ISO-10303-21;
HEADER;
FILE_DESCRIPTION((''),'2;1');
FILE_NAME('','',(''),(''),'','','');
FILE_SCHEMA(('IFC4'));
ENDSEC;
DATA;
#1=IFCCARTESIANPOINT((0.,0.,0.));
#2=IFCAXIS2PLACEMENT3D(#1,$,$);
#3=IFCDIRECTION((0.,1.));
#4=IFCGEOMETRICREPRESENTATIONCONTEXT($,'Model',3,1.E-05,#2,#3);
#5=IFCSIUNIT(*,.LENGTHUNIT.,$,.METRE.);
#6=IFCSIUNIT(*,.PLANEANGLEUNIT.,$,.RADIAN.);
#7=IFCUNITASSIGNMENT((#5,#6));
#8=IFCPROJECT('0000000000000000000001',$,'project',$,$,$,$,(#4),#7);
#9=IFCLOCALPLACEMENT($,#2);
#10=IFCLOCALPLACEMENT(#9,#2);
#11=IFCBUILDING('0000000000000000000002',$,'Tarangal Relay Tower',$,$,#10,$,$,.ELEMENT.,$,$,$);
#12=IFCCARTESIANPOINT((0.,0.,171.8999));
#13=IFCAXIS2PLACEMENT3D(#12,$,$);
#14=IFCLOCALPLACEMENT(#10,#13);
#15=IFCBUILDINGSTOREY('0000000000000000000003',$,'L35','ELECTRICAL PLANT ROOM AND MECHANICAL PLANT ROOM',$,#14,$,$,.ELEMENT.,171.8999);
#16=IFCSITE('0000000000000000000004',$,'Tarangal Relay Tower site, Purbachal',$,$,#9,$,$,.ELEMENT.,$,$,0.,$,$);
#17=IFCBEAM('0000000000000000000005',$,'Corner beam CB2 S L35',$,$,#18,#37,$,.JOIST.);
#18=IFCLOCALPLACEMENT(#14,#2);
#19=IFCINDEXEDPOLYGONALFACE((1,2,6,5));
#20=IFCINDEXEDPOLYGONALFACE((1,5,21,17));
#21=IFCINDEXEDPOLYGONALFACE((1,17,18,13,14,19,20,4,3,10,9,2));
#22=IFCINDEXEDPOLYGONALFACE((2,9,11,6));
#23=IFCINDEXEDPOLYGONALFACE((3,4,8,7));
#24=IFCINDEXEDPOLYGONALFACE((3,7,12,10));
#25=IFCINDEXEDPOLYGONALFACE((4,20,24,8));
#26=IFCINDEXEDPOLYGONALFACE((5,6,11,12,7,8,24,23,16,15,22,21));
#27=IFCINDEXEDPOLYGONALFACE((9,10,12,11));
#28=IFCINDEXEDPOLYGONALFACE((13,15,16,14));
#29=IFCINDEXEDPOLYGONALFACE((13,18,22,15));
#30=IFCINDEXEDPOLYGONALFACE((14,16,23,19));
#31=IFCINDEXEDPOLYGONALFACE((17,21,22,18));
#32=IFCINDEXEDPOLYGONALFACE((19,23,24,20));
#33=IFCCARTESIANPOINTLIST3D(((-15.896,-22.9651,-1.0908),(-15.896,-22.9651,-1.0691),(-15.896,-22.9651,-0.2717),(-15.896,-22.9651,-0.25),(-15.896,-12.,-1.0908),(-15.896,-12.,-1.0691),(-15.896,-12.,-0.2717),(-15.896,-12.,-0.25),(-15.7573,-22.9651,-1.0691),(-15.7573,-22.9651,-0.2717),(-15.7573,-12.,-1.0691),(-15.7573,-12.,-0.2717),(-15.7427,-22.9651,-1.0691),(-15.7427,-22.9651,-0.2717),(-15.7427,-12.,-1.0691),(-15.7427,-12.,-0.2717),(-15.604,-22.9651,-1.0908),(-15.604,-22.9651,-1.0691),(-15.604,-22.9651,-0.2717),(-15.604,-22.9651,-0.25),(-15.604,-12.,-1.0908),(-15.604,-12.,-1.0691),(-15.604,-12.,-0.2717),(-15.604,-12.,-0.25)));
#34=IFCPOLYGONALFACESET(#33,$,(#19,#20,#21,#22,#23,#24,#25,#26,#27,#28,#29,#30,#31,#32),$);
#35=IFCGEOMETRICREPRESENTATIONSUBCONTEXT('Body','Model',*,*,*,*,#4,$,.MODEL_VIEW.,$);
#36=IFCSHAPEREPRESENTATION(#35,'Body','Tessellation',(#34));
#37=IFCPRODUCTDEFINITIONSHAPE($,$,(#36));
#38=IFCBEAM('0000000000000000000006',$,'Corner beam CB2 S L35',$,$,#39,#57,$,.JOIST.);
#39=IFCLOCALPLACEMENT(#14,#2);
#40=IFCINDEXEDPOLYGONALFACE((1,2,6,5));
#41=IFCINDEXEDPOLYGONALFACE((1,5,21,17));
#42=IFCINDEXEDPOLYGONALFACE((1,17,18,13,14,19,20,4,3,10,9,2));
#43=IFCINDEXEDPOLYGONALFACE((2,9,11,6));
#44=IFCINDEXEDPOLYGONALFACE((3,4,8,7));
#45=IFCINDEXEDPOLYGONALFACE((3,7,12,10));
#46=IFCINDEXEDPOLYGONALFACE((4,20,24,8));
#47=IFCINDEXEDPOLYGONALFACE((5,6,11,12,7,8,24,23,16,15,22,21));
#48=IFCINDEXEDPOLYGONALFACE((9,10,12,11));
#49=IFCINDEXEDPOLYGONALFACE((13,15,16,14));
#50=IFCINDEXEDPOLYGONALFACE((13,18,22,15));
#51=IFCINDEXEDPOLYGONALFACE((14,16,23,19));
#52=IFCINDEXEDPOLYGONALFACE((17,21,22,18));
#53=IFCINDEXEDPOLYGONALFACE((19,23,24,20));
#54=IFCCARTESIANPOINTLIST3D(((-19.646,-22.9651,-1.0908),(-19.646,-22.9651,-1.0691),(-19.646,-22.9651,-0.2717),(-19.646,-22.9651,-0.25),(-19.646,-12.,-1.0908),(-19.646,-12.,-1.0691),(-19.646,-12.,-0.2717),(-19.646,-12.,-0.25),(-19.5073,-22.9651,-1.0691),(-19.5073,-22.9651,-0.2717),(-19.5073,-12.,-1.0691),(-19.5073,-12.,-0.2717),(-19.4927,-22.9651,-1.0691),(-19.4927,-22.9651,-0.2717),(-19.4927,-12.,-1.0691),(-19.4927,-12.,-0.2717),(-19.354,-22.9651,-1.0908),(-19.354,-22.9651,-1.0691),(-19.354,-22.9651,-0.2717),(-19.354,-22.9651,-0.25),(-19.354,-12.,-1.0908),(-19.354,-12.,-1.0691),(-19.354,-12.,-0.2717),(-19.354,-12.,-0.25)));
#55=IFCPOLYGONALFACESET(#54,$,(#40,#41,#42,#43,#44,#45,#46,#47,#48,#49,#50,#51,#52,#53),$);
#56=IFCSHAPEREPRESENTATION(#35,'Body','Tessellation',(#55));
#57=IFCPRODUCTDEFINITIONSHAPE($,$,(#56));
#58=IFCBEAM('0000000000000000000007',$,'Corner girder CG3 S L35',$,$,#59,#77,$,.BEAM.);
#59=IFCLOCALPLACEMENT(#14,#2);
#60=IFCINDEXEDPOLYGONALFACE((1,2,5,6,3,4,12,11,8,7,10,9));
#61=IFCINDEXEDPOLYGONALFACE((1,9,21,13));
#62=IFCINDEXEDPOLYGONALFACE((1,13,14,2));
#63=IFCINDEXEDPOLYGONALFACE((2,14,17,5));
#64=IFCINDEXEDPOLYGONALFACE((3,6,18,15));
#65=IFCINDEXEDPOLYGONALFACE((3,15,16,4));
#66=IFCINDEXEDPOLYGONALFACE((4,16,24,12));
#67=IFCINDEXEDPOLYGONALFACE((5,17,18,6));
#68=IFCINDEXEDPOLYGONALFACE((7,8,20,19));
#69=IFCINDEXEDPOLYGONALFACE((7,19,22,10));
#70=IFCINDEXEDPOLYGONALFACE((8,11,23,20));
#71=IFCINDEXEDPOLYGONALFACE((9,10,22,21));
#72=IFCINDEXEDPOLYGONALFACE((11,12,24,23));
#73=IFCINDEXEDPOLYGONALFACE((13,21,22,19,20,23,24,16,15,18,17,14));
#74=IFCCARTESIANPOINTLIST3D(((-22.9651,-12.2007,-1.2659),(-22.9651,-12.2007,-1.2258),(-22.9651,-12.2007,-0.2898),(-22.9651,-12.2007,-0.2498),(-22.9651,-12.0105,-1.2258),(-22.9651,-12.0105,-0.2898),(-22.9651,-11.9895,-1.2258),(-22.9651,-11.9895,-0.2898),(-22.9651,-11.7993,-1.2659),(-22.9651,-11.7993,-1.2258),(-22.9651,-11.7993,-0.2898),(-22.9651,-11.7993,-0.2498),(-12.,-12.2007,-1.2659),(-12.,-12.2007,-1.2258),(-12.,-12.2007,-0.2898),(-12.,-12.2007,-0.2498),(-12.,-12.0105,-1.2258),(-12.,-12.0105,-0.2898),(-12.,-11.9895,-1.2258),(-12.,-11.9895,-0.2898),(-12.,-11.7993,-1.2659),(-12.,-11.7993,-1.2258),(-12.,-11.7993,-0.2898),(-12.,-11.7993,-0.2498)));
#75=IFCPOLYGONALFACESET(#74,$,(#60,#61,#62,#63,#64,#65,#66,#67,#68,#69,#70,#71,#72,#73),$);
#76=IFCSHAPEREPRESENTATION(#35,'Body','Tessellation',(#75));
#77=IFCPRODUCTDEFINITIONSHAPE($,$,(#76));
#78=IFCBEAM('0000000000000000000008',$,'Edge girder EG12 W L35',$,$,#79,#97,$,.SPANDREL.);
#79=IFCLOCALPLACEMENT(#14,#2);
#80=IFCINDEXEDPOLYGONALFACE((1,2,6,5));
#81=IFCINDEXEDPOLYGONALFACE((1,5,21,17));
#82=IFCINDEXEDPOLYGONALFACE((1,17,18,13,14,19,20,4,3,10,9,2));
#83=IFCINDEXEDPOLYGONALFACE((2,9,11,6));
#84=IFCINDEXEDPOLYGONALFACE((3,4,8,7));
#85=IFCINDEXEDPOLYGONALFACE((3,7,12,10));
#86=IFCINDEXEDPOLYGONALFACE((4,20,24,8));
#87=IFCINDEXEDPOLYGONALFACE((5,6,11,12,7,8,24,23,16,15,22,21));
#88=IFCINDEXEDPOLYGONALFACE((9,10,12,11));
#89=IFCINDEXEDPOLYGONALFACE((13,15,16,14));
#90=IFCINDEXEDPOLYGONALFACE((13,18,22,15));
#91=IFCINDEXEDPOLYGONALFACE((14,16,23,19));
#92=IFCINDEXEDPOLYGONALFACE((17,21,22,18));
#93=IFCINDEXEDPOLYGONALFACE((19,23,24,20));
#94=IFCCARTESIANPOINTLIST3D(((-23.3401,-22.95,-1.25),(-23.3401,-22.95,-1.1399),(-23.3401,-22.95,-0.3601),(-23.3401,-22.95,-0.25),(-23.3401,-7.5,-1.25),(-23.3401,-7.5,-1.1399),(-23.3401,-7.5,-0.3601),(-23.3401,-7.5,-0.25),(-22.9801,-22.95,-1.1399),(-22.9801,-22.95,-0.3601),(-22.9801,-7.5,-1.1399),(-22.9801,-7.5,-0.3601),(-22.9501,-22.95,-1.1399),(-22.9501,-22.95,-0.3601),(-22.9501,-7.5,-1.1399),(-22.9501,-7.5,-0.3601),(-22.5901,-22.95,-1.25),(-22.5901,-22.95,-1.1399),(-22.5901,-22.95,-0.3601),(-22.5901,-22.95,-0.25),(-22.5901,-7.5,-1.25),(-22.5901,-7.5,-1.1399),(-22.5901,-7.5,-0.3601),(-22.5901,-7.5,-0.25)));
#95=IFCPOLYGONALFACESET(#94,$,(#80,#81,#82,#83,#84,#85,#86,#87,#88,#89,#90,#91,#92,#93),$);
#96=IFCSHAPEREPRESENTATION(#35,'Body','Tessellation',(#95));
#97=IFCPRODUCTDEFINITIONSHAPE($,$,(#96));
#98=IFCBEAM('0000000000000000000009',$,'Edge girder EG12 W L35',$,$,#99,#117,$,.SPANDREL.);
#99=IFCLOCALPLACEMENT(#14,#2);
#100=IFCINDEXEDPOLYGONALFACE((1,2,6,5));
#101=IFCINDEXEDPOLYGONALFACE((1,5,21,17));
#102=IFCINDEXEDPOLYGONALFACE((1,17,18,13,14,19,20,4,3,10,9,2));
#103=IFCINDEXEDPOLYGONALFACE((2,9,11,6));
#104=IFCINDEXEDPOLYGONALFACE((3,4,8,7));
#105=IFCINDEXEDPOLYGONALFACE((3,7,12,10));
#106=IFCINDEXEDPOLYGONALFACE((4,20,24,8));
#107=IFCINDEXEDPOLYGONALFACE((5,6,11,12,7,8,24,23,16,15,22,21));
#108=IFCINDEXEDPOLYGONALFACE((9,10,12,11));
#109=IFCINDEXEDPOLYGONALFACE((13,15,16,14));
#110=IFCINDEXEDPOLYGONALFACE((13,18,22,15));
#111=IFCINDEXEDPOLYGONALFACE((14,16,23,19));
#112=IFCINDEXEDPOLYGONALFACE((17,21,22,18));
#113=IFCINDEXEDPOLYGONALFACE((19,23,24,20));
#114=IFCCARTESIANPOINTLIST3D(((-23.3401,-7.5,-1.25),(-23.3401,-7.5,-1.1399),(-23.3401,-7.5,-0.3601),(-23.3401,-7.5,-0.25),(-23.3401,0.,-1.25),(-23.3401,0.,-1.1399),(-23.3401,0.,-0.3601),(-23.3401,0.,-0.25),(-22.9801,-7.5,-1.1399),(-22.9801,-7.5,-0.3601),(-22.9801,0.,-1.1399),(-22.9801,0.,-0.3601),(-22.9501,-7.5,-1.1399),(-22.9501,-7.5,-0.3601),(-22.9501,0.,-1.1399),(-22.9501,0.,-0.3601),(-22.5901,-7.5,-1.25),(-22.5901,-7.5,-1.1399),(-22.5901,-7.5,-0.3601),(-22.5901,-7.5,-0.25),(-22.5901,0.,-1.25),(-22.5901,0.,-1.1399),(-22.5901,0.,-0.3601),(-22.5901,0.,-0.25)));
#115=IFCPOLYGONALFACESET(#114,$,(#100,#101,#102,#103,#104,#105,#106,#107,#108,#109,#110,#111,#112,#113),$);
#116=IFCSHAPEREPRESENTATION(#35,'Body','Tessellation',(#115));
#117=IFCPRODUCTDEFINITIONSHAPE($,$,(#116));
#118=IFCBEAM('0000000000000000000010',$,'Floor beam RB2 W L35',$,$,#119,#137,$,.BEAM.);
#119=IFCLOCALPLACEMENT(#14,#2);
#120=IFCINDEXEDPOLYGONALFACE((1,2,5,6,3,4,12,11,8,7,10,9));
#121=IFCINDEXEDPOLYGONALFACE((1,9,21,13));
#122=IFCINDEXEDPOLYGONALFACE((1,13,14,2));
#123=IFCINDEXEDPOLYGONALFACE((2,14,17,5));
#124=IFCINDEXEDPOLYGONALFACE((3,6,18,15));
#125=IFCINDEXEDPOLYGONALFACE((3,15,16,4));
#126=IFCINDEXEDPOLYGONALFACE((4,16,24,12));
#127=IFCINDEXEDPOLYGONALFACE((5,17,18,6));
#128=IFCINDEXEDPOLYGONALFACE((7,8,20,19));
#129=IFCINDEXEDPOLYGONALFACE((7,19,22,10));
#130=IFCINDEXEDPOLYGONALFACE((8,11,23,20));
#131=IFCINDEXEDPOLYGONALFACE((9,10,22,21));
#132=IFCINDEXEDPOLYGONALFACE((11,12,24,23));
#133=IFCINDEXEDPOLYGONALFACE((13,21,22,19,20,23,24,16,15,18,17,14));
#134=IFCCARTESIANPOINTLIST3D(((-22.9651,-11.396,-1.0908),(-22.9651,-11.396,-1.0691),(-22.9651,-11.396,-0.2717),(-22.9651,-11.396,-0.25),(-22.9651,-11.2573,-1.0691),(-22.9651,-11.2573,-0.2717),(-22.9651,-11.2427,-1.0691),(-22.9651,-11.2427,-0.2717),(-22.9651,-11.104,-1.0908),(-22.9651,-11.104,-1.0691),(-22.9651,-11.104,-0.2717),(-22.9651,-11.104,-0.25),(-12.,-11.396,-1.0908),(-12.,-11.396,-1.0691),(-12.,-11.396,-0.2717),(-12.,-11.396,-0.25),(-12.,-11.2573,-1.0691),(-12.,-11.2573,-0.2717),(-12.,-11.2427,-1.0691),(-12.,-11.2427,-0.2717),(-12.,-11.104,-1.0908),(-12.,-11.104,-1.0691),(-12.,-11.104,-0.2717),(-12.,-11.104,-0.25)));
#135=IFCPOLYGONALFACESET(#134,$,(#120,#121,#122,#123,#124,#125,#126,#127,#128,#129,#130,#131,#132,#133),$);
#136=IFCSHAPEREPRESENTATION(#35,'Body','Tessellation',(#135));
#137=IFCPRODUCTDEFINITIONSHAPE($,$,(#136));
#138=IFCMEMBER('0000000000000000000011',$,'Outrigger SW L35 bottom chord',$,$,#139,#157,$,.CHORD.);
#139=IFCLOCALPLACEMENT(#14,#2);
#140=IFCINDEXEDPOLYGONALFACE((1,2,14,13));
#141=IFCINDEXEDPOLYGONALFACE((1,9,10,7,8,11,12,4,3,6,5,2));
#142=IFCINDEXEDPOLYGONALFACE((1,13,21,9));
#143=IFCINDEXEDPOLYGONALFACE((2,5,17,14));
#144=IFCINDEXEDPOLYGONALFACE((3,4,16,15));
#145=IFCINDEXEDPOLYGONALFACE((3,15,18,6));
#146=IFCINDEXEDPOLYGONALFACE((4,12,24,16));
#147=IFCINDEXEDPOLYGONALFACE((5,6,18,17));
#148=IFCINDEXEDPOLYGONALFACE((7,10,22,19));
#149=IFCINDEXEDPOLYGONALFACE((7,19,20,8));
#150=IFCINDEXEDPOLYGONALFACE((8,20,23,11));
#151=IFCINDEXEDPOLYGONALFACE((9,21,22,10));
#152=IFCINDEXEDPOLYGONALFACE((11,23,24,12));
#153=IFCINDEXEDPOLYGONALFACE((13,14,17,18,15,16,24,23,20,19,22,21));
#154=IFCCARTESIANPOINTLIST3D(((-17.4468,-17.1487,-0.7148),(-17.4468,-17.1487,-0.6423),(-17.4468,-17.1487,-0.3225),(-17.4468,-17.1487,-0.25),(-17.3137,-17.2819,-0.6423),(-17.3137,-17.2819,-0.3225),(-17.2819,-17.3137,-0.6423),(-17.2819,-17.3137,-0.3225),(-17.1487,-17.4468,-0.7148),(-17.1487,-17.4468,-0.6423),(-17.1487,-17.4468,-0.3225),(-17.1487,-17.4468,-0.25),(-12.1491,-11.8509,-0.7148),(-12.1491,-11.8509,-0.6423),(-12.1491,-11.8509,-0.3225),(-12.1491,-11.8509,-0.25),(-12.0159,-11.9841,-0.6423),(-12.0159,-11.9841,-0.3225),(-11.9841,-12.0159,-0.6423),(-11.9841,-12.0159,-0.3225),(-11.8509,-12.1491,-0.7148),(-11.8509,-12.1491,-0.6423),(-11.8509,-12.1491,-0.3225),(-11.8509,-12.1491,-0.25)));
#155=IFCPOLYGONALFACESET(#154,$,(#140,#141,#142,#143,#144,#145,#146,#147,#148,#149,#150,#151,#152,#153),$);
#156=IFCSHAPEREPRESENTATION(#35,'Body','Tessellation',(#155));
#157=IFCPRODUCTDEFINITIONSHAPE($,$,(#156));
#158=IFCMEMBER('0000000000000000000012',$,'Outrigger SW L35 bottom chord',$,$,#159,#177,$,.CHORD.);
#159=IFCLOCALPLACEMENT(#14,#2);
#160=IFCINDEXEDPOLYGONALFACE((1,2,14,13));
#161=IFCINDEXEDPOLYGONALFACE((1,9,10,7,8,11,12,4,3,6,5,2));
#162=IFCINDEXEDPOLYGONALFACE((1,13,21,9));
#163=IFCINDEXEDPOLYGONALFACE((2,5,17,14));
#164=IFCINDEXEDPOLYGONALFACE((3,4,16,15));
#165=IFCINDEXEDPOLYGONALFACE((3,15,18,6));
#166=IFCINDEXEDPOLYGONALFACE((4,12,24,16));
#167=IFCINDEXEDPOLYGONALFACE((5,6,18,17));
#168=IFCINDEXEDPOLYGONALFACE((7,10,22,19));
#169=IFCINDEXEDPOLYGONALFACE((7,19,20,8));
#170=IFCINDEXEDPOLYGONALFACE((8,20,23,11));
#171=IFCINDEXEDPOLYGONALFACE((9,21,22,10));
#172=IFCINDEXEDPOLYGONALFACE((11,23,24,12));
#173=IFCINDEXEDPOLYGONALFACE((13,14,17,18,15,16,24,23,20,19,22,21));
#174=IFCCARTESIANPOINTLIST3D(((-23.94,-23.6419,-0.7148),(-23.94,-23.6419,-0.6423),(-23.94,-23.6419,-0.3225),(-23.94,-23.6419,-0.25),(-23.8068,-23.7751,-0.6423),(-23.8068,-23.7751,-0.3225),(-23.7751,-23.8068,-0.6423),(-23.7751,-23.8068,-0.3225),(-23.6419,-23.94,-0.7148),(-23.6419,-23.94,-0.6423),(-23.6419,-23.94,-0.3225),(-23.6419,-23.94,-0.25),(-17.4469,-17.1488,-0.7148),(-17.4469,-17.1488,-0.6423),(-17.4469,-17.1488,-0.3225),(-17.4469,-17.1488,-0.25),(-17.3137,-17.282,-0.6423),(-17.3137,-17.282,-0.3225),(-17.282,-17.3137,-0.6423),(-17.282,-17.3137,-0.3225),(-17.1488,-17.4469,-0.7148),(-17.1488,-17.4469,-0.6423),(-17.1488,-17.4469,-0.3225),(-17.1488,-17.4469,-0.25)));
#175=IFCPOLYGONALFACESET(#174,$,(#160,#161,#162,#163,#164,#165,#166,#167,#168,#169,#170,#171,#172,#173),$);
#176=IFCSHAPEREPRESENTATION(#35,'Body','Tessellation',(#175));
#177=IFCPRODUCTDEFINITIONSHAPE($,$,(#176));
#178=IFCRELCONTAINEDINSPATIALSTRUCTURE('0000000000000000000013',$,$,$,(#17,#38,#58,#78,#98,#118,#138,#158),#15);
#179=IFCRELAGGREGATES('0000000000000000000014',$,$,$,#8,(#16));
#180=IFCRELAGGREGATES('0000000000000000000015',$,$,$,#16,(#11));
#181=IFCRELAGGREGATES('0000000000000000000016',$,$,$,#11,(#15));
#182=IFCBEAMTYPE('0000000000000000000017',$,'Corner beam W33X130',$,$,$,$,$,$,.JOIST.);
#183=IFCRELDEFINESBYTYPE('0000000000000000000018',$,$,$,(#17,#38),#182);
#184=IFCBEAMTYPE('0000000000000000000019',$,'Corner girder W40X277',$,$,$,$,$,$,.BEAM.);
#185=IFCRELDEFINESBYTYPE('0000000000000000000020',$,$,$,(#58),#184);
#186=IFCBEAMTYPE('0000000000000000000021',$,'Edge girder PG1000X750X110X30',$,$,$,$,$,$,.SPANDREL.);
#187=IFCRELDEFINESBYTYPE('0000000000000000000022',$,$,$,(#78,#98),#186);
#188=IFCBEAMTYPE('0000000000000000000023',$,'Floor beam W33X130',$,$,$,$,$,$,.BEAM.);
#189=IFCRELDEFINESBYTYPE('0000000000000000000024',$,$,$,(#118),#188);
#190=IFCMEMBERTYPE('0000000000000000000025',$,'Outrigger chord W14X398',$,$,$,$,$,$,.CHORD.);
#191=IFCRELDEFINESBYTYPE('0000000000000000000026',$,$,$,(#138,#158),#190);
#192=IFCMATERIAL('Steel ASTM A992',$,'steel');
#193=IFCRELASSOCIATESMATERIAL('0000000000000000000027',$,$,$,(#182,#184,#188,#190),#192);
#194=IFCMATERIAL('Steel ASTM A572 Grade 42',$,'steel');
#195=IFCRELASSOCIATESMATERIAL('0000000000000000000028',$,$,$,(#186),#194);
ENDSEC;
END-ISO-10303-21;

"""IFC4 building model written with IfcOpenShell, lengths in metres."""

from ifc_helpers import new_model, si_unit, direction, frame, origin, origin_2d, place, context, subcontext, project, spatial, i_section, extrude, clip, halfspace, material, material_profile, profile_set, type_object, element, save


model = new_model("IFC4")

# Units and contexts
model_context = context("Model", 3, precision=1e-05, world=origin(), true_north=direction((0.0, 1.0)))
body_context = subcontext(model_context, "Body", "Model", "MODEL_VIEW")
ifc_project = project(units=[si_unit("LENGTHUNIT", "METRE"), si_unit("PLANEANGLEUNIT", "RADIAN")], contexts=[model_context])

# Site, building, storey
site_placement = place(None, origin())
site = spatial("IfcSite", under=ifc_project, at=site_placement, Name="Tarangal Relay Tower site, Purbachal", CompositionType="ELEMENT", RefElevation=0.0)
building_placement = place(site_placement, origin())
building = spatial("IfcBuilding", under=site, at=building_placement, Name="Tarangal Relay Tower", CompositionType="ELEMENT")
storey_placement = place(building_placement, frame((0.0, 0.0, 171.8999)))
storey = spatial("IfcBuildingStorey", under=building, at=storey_placement, Name="L35", Description="ELECTRICAL PLANT ROOM AND MECHANICAL PLANT ROOM", CompositionType="ELEMENT", Elevation=171.8999)

# Shared definitions
ifc_material_1 = material(Name="Steel ASTM A572 Grade 42", Category="steel")

# Beams
ifc_material_2 = material(Name="Steel ASTM A992", Category="steel")
ifc_material_profile_1 = material_profile(ifc_material_2, i_section(OverallWidth=0.292, OverallDepth=0.8408, WebThickness=0.0146, FlangeThickness=0.0217, at=origin_2d()), Name="W33X130")
ifc_profile_set_1 = profile_set([ifc_material_profile_1], Name="Steel ASTM A992")
beam_type_1 = type_object("IfcBeamType", Name="Corner beam W33X130", PredefinedType="JOIST", material=ifc_profile_set_1)
for number, where, z_axis, x_axis, name in (
    (1, (-15.75, -12.0, -0.6704), (0.0, -1.0, 0.0), (1.0, 0.0, 0.0), "Corner beam CB2 S L35"),
    (2, (-19.5, -12.0, -0.6704), (0.0, -1.0, 0.0), (1.0, 0.0, 0.0), "Corner beam CB2 S L35"),
):
    element("IfcBeam", number, at=place(storey_placement, frame(where, z_axis=z_axis, x_axis=x_axis)), inside=storey, type_object=beam_type_1, Name=name, PredefinedType="JOIST", context=body_context, shape_type="SweptSolid", body=[
        extrude(i_section(OverallWidth=0.292, OverallDepth=0.8408, WebThickness=0.0146, FlangeThickness=0.0217, at=origin_2d()), origin(), (0.0, 0.0, 1.0), 10.9651),
    ])
ifc_material_profile_2 = material_profile(ifc_material_2, i_section(OverallWidth=0.4014, OverallDepth=1.0161, WebThickness=0.021, FlangeThickness=0.04, at=origin_2d()), Name="W40X277")
ifc_profile_set_2 = profile_set([ifc_material_profile_2], Name="Steel ASTM A992")
beam_type_2 = type_object("IfcBeamType", Name="Corner girder W40X277", PredefinedType="BEAM", material=ifc_profile_set_2)
beam_1_placement = place(storey_placement, frame((-12.0, -12.0, -0.7578), z_axis=(-1.0, 0.0, 0.0), x_axis=(0.0, -1.0, 0.0)))
element("IfcBeam", 3, at=beam_1_placement, inside=storey, type_object=beam_type_2, Name="Corner girder CG3 S L35", PredefinedType="BEAM", context=body_context, shape_type="SweptSolid", body=[
    extrude(i_section(OverallWidth=0.4014, OverallDepth=1.0161, WebThickness=0.021, FlangeThickness=0.04, at=origin_2d()), origin(), (0.0, 0.0, 1.0), 10.9651),
])
ifc_material_profile_3 = material_profile(ifc_material_1, i_section(OverallWidth=0.75, OverallDepth=1.0, WebThickness=0.03, FlangeThickness=0.1101, at=origin_2d()), Name="PG1000X750X110X30")
ifc_profile_set_3 = profile_set([ifc_material_profile_3], Name="Steel ASTM A572 Grade 42")
beam_type_3 = type_object("IfcBeamType", Name="Edge girder PG1000X750X110X30", PredefinedType="SPANDREL", material=ifc_profile_set_3)
beam_2_placement = place(storey_placement, frame((-22.9651, -22.95, -0.75), z_axis=(0.0, 1.0, 0.0), x_axis=(-1.0, 0.0, 0.0)))
element("IfcBeam", 4, at=beam_2_placement, inside=storey, type_object=beam_type_3, Name="Edge girder EG12 W L35", PredefinedType="SPANDREL", context=body_context, shape_type="SweptSolid", body=[
    extrude(i_section(OverallWidth=0.75, OverallDepth=1.0, WebThickness=0.03, FlangeThickness=0.1101, at=origin_2d()), origin(), (0.0, 0.0, 1.0), 15.45),
])
beam_3_placement = place(storey_placement, frame((-22.9651, -7.5, -0.75), z_axis=(0.0, 1.0, 0.0), x_axis=(-1.0, 0.0, 0.0)))
element("IfcBeam", 5, at=beam_3_placement, inside=storey, type_object=beam_type_3, Name="Edge girder EG12 W L35", PredefinedType="SPANDREL", context=body_context, shape_type="SweptSolid", body=[
    extrude(i_section(OverallWidth=0.75, OverallDepth=1.0, WebThickness=0.03, FlangeThickness=0.1101, at=origin_2d()), origin(), (0.0, 0.0, 1.0), 7.5),
])
ifc_material_profile_4 = material_profile(ifc_material_2, i_section(OverallWidth=0.292, OverallDepth=0.8408, WebThickness=0.0146, FlangeThickness=0.0217, at=origin_2d()), Name="W33X130")
ifc_profile_set_4 = profile_set([ifc_material_profile_4], Name="Steel ASTM A992")
beam_type_4 = type_object("IfcBeamType", Name="Floor beam W33X130", PredefinedType="BEAM", material=ifc_profile_set_4)
beam_4_placement = place(storey_placement, frame((-12.0, -11.25, -0.6704), z_axis=(-1.0, 0.0, 0.0), x_axis=(0.0, -1.0, 0.0)))
element("IfcBeam", 6, at=beam_4_placement, inside=storey, type_object=beam_type_4, Name="Floor beam RB2 W L35", PredefinedType="BEAM", context=body_context, shape_type="SweptSolid", body=[
    extrude(i_section(OverallWidth=0.292, OverallDepth=0.8408, WebThickness=0.0146, FlangeThickness=0.0217, at=origin_2d()), origin(), (0.0, 0.0, 1.0), 10.9651),
])

# Members
ifc_material_profile_5 = material_profile(ifc_material_2, i_section(OverallWidth=0.4216, OverallDepth=0.4648, WebThickness=0.0449, FlangeThickness=0.0725, at=origin_2d()), Name="W14X398")
ifc_profile_set_5 = profile_set([ifc_material_profile_5], Name="Steel ASTM A992")
member_type_1 = type_object("IfcMemberType", Name="Outrigger chord W14X398", PredefinedType="CHORD", material=ifc_profile_set_5)
member_1_placement = place(storey_placement, frame((-12.0, -12.0, -0.4824), z_axis=(-0.707107, -0.707107, 0.0), x_axis=(0.707107, -0.707107, 0.0)))
element("IfcMember", 7, at=member_1_placement, inside=storey, type_object=member_type_1, Name="Outrigger SW L35 bottom chord", PredefinedType="CHORD", context=body_context, shape_type="SweptSolid", body=[
    extrude(i_section(OverallWidth=0.4216, OverallDepth=0.4648, WebThickness=0.0449, FlangeThickness=0.0725, at=origin_2d()), origin(), (0.0, 0.0, 1.0), 7.4922),
])
member_2_placement = place(storey_placement, frame((-17.2979, -17.2979, -0.4824), z_axis=(-0.707107, -0.707107, 0.0), x_axis=(0.707107, -0.707107, 0.0)))
element("IfcMember", 8, at=member_2_placement, inside=storey, type_object=member_type_1, Name="Outrigger SW L35 bottom chord", PredefinedType="CHORD", context=body_context, shape_type="Clipping", body=[
    clip(extrude(i_section(OverallWidth=0.4216, OverallDepth=0.4648, WebThickness=0.0449, FlangeThickness=0.0725, at=origin_2d()), origin(), (0.0, 0.0, 1.0), 9.4783), halfspace(frame((0.0, 0.0, 9.1826)), False)),
])

save(model, "model.ifc")
